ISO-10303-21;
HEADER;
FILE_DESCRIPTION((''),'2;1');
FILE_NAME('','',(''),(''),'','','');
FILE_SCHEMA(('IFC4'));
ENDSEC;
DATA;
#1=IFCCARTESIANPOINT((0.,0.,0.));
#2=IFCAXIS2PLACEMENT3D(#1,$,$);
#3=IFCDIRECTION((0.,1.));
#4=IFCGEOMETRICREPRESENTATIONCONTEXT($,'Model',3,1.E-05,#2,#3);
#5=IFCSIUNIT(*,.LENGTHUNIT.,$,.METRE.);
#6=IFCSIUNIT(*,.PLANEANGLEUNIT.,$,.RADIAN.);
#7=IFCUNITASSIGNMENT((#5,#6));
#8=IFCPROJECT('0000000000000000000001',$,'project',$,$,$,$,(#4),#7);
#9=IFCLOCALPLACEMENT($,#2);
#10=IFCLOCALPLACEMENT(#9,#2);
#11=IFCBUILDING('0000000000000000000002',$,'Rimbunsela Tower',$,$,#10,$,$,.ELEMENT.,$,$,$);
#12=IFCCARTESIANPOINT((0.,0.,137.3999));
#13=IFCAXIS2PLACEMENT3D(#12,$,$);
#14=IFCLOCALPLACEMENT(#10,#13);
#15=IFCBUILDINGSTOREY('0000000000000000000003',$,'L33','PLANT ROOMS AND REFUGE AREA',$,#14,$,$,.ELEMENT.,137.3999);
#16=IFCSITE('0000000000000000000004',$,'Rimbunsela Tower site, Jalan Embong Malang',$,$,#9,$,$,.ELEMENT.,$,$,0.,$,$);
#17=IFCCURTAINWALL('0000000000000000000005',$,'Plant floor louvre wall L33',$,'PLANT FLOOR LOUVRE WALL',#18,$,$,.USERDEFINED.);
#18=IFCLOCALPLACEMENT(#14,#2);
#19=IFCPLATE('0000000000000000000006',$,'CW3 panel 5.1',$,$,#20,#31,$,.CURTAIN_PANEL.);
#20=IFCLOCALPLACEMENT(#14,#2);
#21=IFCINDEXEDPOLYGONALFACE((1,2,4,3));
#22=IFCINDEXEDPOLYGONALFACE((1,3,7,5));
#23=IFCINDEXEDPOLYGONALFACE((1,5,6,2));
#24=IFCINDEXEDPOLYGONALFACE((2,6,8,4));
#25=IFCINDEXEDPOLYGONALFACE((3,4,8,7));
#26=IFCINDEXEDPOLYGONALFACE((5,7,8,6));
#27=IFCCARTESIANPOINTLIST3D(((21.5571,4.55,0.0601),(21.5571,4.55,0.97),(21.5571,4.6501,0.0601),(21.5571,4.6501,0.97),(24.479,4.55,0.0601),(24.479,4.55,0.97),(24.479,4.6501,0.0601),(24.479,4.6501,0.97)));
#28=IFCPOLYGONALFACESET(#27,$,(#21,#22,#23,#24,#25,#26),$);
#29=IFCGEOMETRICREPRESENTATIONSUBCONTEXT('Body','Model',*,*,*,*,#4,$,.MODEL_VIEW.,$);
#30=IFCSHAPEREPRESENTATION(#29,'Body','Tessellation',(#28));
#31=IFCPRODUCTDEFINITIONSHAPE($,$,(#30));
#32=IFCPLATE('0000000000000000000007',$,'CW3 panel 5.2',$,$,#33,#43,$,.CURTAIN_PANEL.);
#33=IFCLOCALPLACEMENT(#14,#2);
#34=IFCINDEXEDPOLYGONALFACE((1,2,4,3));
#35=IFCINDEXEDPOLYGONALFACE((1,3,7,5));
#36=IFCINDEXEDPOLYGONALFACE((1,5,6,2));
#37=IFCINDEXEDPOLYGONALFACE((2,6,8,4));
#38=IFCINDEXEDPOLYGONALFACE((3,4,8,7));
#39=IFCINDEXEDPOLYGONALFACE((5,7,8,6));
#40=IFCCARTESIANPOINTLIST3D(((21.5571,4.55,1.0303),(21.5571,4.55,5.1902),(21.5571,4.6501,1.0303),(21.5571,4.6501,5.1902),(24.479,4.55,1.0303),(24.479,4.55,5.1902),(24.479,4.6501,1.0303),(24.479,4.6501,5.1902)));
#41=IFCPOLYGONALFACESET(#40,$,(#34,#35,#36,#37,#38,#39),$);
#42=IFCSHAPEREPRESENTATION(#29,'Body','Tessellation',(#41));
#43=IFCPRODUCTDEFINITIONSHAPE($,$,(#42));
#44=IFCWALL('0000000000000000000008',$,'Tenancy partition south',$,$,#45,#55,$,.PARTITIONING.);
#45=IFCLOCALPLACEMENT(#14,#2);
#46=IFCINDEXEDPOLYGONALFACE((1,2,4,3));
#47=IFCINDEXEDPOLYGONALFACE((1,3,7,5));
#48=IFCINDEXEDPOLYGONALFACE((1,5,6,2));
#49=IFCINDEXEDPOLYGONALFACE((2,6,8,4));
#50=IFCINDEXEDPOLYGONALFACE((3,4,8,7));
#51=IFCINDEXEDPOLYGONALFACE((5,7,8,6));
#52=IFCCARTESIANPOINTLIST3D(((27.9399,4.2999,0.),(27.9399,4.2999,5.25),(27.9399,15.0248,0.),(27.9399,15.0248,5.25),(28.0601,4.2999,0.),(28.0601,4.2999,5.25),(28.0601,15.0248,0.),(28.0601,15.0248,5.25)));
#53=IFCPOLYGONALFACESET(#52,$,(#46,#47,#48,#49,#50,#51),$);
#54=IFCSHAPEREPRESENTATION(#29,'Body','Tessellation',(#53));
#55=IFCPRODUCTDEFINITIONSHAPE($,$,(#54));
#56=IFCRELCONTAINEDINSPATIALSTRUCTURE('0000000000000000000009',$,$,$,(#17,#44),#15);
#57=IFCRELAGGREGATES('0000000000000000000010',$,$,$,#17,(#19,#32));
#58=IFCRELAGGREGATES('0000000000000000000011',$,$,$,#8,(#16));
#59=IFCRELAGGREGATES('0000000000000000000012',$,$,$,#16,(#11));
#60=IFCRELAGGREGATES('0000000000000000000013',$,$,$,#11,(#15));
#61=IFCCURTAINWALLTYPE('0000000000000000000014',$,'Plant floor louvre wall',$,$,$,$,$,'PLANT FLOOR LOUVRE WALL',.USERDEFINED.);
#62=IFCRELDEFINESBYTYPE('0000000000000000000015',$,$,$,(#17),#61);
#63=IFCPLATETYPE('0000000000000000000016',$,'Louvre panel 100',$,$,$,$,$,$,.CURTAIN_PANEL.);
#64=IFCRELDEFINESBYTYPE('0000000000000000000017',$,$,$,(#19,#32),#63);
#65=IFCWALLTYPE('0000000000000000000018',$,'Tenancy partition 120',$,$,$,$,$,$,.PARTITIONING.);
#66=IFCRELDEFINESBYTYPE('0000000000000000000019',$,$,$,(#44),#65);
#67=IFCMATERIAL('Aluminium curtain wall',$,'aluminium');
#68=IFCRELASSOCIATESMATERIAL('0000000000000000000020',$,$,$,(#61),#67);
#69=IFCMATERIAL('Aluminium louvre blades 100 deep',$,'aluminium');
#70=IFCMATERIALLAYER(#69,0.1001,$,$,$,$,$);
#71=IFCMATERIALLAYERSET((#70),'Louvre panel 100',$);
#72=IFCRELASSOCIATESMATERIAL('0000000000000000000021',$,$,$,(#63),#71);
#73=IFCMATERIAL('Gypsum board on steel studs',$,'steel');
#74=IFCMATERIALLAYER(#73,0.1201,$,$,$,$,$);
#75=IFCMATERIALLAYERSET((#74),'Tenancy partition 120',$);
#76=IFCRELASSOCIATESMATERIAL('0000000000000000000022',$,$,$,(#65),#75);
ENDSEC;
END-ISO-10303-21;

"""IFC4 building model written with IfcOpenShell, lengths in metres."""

from ifc_helpers import new_model, si_unit, direction, frame, frame_2d, origin, origin_2d, place, context, subcontext, project, spatial, rectangle, extrude, material, layer, layer_set, type_object, element, aggregate, save


model = new_model("IFC4")

# Units and contexts
model_context = context("Model", 3, precision=1e-05, world=origin(), true_north=direction((0.0, 1.0)))
body_context = subcontext(model_context, "Body", "Model", "MODEL_VIEW")
ifc_project = project(units=[si_unit("LENGTHUNIT", "METRE"), si_unit("PLANEANGLEUNIT", "RADIAN")], contexts=[model_context])

# Site, building, storey
site_placement = place(None, origin())
site = spatial("IfcSite", under=ifc_project, at=site_placement, Name="Rimbunsela Tower site, Jalan Embong Malang", CompositionType="ELEMENT", RefElevation=0.0)
building_placement = place(site_placement, origin())
building = spatial("IfcBuilding", under=site, at=building_placement, Name="Rimbunsela Tower", CompositionType="ELEMENT")
storey_placement = place(building_placement, frame((0.0, 0.0, 137.3999)))
storey = spatial("IfcBuildingStorey", under=building, at=storey_placement, Name="L33", Description="PLANT ROOMS AND REFUGE AREA", CompositionType="ELEMENT", Elevation=137.3999)

# Curtain wall
ifc_material_1 = material(Name="Aluminium curtain wall", Category="aluminium")
curtain_wall_type = type_object("IfcCurtainWallType", Name="Plant floor louvre wall", ElementType="PLANT FLOOR LOUVRE WALL", PredefinedType="USERDEFINED", material=ifc_material_1)
curtain_wall_placement = place(storey_placement, origin())
curtain_wall = element("IfcCurtainWall", 1, at=curtain_wall_placement, inside=storey, type_object=curtain_wall_type, Name="Plant floor louvre wall L33", ObjectType="PLANT FLOOR LOUVRE WALL", PredefinedType="USERDEFINED")

# Plates
ifc_material_2 = material(Name="Aluminium louvre blades 100 deep", Category="aluminium")
ifc_layer_1 = layer(ifc_material_2, 0.1001)
ifc_layer_set_1 = layer_set([ifc_layer_1], Name="Louvre panel 100")
plate_type = type_object("IfcPlateType", Name="Louvre panel 100", PredefinedType="CURTAIN_PANEL", material=ifc_layer_set_1)
plate_1_placement = place(storey_placement, frame((23.0181, 4.6001, 0.0601), z_axis=(0.0, 0.0, 1.0), x_axis=(1.0, 0.0, 0.0)))
plate_1 = element("IfcPlate", 2, at=plate_1_placement, type_object=plate_type, Name="CW3 panel 5.1", PredefinedType="CURTAIN_PANEL", context=body_context, shape_type="SweptSolid", body=[
    extrude(rectangle(XDim=2.9219, YDim=0.1001, at=origin_2d()), origin(), (0.0, 0.0, 1.0), 0.9099),
])
plate_2_placement = place(storey_placement, frame((23.0181, 4.6001, 1.0303), z_axis=(0.0, 0.0, 1.0), x_axis=(1.0, 0.0, 0.0)))
plate_2 = element("IfcPlate", 3, at=plate_2_placement, type_object=plate_type, Name="CW3 panel 5.2", PredefinedType="CURTAIN_PANEL", context=body_context, shape_type="SweptSolid", body=[
    extrude(rectangle(XDim=2.9219, YDim=0.1001, at=origin_2d()), origin(), (0.0, 0.0, 1.0), 4.1599),
])
aggregate(curtain_wall, [plate_1, plate_2])

# Wall
ifc_material_3 = material(Name="Gypsum board on steel studs", Category="steel")
ifc_layer_2 = layer(ifc_material_3, 0.1201)
ifc_layer_set_2 = layer_set([ifc_layer_2], Name="Tenancy partition 120")
wall_type = type_object("IfcWallType", Name="Tenancy partition 120", PredefinedType="PARTITIONING", material=ifc_layer_set_2)
wall_placement = place(storey_placement, frame((28.0, 4.3, 0.0), z_axis=(0.0, 0.0, 1.0), x_axis=(0.0, 1.0, 0.0)))
element("IfcWall", 4, at=wall_placement, inside=storey, type_object=wall_type, Name="Tenancy partition south", PredefinedType="PARTITIONING", context=body_context, shape_type="SweptSolid", body=[
    extrude(rectangle(XDim=10.7249, YDim=0.1201, at=frame_2d((5.3623, 0.0))), origin(), (0.0, 0.0, 1.0), 5.25),
])

save(model, "model.ifc")
